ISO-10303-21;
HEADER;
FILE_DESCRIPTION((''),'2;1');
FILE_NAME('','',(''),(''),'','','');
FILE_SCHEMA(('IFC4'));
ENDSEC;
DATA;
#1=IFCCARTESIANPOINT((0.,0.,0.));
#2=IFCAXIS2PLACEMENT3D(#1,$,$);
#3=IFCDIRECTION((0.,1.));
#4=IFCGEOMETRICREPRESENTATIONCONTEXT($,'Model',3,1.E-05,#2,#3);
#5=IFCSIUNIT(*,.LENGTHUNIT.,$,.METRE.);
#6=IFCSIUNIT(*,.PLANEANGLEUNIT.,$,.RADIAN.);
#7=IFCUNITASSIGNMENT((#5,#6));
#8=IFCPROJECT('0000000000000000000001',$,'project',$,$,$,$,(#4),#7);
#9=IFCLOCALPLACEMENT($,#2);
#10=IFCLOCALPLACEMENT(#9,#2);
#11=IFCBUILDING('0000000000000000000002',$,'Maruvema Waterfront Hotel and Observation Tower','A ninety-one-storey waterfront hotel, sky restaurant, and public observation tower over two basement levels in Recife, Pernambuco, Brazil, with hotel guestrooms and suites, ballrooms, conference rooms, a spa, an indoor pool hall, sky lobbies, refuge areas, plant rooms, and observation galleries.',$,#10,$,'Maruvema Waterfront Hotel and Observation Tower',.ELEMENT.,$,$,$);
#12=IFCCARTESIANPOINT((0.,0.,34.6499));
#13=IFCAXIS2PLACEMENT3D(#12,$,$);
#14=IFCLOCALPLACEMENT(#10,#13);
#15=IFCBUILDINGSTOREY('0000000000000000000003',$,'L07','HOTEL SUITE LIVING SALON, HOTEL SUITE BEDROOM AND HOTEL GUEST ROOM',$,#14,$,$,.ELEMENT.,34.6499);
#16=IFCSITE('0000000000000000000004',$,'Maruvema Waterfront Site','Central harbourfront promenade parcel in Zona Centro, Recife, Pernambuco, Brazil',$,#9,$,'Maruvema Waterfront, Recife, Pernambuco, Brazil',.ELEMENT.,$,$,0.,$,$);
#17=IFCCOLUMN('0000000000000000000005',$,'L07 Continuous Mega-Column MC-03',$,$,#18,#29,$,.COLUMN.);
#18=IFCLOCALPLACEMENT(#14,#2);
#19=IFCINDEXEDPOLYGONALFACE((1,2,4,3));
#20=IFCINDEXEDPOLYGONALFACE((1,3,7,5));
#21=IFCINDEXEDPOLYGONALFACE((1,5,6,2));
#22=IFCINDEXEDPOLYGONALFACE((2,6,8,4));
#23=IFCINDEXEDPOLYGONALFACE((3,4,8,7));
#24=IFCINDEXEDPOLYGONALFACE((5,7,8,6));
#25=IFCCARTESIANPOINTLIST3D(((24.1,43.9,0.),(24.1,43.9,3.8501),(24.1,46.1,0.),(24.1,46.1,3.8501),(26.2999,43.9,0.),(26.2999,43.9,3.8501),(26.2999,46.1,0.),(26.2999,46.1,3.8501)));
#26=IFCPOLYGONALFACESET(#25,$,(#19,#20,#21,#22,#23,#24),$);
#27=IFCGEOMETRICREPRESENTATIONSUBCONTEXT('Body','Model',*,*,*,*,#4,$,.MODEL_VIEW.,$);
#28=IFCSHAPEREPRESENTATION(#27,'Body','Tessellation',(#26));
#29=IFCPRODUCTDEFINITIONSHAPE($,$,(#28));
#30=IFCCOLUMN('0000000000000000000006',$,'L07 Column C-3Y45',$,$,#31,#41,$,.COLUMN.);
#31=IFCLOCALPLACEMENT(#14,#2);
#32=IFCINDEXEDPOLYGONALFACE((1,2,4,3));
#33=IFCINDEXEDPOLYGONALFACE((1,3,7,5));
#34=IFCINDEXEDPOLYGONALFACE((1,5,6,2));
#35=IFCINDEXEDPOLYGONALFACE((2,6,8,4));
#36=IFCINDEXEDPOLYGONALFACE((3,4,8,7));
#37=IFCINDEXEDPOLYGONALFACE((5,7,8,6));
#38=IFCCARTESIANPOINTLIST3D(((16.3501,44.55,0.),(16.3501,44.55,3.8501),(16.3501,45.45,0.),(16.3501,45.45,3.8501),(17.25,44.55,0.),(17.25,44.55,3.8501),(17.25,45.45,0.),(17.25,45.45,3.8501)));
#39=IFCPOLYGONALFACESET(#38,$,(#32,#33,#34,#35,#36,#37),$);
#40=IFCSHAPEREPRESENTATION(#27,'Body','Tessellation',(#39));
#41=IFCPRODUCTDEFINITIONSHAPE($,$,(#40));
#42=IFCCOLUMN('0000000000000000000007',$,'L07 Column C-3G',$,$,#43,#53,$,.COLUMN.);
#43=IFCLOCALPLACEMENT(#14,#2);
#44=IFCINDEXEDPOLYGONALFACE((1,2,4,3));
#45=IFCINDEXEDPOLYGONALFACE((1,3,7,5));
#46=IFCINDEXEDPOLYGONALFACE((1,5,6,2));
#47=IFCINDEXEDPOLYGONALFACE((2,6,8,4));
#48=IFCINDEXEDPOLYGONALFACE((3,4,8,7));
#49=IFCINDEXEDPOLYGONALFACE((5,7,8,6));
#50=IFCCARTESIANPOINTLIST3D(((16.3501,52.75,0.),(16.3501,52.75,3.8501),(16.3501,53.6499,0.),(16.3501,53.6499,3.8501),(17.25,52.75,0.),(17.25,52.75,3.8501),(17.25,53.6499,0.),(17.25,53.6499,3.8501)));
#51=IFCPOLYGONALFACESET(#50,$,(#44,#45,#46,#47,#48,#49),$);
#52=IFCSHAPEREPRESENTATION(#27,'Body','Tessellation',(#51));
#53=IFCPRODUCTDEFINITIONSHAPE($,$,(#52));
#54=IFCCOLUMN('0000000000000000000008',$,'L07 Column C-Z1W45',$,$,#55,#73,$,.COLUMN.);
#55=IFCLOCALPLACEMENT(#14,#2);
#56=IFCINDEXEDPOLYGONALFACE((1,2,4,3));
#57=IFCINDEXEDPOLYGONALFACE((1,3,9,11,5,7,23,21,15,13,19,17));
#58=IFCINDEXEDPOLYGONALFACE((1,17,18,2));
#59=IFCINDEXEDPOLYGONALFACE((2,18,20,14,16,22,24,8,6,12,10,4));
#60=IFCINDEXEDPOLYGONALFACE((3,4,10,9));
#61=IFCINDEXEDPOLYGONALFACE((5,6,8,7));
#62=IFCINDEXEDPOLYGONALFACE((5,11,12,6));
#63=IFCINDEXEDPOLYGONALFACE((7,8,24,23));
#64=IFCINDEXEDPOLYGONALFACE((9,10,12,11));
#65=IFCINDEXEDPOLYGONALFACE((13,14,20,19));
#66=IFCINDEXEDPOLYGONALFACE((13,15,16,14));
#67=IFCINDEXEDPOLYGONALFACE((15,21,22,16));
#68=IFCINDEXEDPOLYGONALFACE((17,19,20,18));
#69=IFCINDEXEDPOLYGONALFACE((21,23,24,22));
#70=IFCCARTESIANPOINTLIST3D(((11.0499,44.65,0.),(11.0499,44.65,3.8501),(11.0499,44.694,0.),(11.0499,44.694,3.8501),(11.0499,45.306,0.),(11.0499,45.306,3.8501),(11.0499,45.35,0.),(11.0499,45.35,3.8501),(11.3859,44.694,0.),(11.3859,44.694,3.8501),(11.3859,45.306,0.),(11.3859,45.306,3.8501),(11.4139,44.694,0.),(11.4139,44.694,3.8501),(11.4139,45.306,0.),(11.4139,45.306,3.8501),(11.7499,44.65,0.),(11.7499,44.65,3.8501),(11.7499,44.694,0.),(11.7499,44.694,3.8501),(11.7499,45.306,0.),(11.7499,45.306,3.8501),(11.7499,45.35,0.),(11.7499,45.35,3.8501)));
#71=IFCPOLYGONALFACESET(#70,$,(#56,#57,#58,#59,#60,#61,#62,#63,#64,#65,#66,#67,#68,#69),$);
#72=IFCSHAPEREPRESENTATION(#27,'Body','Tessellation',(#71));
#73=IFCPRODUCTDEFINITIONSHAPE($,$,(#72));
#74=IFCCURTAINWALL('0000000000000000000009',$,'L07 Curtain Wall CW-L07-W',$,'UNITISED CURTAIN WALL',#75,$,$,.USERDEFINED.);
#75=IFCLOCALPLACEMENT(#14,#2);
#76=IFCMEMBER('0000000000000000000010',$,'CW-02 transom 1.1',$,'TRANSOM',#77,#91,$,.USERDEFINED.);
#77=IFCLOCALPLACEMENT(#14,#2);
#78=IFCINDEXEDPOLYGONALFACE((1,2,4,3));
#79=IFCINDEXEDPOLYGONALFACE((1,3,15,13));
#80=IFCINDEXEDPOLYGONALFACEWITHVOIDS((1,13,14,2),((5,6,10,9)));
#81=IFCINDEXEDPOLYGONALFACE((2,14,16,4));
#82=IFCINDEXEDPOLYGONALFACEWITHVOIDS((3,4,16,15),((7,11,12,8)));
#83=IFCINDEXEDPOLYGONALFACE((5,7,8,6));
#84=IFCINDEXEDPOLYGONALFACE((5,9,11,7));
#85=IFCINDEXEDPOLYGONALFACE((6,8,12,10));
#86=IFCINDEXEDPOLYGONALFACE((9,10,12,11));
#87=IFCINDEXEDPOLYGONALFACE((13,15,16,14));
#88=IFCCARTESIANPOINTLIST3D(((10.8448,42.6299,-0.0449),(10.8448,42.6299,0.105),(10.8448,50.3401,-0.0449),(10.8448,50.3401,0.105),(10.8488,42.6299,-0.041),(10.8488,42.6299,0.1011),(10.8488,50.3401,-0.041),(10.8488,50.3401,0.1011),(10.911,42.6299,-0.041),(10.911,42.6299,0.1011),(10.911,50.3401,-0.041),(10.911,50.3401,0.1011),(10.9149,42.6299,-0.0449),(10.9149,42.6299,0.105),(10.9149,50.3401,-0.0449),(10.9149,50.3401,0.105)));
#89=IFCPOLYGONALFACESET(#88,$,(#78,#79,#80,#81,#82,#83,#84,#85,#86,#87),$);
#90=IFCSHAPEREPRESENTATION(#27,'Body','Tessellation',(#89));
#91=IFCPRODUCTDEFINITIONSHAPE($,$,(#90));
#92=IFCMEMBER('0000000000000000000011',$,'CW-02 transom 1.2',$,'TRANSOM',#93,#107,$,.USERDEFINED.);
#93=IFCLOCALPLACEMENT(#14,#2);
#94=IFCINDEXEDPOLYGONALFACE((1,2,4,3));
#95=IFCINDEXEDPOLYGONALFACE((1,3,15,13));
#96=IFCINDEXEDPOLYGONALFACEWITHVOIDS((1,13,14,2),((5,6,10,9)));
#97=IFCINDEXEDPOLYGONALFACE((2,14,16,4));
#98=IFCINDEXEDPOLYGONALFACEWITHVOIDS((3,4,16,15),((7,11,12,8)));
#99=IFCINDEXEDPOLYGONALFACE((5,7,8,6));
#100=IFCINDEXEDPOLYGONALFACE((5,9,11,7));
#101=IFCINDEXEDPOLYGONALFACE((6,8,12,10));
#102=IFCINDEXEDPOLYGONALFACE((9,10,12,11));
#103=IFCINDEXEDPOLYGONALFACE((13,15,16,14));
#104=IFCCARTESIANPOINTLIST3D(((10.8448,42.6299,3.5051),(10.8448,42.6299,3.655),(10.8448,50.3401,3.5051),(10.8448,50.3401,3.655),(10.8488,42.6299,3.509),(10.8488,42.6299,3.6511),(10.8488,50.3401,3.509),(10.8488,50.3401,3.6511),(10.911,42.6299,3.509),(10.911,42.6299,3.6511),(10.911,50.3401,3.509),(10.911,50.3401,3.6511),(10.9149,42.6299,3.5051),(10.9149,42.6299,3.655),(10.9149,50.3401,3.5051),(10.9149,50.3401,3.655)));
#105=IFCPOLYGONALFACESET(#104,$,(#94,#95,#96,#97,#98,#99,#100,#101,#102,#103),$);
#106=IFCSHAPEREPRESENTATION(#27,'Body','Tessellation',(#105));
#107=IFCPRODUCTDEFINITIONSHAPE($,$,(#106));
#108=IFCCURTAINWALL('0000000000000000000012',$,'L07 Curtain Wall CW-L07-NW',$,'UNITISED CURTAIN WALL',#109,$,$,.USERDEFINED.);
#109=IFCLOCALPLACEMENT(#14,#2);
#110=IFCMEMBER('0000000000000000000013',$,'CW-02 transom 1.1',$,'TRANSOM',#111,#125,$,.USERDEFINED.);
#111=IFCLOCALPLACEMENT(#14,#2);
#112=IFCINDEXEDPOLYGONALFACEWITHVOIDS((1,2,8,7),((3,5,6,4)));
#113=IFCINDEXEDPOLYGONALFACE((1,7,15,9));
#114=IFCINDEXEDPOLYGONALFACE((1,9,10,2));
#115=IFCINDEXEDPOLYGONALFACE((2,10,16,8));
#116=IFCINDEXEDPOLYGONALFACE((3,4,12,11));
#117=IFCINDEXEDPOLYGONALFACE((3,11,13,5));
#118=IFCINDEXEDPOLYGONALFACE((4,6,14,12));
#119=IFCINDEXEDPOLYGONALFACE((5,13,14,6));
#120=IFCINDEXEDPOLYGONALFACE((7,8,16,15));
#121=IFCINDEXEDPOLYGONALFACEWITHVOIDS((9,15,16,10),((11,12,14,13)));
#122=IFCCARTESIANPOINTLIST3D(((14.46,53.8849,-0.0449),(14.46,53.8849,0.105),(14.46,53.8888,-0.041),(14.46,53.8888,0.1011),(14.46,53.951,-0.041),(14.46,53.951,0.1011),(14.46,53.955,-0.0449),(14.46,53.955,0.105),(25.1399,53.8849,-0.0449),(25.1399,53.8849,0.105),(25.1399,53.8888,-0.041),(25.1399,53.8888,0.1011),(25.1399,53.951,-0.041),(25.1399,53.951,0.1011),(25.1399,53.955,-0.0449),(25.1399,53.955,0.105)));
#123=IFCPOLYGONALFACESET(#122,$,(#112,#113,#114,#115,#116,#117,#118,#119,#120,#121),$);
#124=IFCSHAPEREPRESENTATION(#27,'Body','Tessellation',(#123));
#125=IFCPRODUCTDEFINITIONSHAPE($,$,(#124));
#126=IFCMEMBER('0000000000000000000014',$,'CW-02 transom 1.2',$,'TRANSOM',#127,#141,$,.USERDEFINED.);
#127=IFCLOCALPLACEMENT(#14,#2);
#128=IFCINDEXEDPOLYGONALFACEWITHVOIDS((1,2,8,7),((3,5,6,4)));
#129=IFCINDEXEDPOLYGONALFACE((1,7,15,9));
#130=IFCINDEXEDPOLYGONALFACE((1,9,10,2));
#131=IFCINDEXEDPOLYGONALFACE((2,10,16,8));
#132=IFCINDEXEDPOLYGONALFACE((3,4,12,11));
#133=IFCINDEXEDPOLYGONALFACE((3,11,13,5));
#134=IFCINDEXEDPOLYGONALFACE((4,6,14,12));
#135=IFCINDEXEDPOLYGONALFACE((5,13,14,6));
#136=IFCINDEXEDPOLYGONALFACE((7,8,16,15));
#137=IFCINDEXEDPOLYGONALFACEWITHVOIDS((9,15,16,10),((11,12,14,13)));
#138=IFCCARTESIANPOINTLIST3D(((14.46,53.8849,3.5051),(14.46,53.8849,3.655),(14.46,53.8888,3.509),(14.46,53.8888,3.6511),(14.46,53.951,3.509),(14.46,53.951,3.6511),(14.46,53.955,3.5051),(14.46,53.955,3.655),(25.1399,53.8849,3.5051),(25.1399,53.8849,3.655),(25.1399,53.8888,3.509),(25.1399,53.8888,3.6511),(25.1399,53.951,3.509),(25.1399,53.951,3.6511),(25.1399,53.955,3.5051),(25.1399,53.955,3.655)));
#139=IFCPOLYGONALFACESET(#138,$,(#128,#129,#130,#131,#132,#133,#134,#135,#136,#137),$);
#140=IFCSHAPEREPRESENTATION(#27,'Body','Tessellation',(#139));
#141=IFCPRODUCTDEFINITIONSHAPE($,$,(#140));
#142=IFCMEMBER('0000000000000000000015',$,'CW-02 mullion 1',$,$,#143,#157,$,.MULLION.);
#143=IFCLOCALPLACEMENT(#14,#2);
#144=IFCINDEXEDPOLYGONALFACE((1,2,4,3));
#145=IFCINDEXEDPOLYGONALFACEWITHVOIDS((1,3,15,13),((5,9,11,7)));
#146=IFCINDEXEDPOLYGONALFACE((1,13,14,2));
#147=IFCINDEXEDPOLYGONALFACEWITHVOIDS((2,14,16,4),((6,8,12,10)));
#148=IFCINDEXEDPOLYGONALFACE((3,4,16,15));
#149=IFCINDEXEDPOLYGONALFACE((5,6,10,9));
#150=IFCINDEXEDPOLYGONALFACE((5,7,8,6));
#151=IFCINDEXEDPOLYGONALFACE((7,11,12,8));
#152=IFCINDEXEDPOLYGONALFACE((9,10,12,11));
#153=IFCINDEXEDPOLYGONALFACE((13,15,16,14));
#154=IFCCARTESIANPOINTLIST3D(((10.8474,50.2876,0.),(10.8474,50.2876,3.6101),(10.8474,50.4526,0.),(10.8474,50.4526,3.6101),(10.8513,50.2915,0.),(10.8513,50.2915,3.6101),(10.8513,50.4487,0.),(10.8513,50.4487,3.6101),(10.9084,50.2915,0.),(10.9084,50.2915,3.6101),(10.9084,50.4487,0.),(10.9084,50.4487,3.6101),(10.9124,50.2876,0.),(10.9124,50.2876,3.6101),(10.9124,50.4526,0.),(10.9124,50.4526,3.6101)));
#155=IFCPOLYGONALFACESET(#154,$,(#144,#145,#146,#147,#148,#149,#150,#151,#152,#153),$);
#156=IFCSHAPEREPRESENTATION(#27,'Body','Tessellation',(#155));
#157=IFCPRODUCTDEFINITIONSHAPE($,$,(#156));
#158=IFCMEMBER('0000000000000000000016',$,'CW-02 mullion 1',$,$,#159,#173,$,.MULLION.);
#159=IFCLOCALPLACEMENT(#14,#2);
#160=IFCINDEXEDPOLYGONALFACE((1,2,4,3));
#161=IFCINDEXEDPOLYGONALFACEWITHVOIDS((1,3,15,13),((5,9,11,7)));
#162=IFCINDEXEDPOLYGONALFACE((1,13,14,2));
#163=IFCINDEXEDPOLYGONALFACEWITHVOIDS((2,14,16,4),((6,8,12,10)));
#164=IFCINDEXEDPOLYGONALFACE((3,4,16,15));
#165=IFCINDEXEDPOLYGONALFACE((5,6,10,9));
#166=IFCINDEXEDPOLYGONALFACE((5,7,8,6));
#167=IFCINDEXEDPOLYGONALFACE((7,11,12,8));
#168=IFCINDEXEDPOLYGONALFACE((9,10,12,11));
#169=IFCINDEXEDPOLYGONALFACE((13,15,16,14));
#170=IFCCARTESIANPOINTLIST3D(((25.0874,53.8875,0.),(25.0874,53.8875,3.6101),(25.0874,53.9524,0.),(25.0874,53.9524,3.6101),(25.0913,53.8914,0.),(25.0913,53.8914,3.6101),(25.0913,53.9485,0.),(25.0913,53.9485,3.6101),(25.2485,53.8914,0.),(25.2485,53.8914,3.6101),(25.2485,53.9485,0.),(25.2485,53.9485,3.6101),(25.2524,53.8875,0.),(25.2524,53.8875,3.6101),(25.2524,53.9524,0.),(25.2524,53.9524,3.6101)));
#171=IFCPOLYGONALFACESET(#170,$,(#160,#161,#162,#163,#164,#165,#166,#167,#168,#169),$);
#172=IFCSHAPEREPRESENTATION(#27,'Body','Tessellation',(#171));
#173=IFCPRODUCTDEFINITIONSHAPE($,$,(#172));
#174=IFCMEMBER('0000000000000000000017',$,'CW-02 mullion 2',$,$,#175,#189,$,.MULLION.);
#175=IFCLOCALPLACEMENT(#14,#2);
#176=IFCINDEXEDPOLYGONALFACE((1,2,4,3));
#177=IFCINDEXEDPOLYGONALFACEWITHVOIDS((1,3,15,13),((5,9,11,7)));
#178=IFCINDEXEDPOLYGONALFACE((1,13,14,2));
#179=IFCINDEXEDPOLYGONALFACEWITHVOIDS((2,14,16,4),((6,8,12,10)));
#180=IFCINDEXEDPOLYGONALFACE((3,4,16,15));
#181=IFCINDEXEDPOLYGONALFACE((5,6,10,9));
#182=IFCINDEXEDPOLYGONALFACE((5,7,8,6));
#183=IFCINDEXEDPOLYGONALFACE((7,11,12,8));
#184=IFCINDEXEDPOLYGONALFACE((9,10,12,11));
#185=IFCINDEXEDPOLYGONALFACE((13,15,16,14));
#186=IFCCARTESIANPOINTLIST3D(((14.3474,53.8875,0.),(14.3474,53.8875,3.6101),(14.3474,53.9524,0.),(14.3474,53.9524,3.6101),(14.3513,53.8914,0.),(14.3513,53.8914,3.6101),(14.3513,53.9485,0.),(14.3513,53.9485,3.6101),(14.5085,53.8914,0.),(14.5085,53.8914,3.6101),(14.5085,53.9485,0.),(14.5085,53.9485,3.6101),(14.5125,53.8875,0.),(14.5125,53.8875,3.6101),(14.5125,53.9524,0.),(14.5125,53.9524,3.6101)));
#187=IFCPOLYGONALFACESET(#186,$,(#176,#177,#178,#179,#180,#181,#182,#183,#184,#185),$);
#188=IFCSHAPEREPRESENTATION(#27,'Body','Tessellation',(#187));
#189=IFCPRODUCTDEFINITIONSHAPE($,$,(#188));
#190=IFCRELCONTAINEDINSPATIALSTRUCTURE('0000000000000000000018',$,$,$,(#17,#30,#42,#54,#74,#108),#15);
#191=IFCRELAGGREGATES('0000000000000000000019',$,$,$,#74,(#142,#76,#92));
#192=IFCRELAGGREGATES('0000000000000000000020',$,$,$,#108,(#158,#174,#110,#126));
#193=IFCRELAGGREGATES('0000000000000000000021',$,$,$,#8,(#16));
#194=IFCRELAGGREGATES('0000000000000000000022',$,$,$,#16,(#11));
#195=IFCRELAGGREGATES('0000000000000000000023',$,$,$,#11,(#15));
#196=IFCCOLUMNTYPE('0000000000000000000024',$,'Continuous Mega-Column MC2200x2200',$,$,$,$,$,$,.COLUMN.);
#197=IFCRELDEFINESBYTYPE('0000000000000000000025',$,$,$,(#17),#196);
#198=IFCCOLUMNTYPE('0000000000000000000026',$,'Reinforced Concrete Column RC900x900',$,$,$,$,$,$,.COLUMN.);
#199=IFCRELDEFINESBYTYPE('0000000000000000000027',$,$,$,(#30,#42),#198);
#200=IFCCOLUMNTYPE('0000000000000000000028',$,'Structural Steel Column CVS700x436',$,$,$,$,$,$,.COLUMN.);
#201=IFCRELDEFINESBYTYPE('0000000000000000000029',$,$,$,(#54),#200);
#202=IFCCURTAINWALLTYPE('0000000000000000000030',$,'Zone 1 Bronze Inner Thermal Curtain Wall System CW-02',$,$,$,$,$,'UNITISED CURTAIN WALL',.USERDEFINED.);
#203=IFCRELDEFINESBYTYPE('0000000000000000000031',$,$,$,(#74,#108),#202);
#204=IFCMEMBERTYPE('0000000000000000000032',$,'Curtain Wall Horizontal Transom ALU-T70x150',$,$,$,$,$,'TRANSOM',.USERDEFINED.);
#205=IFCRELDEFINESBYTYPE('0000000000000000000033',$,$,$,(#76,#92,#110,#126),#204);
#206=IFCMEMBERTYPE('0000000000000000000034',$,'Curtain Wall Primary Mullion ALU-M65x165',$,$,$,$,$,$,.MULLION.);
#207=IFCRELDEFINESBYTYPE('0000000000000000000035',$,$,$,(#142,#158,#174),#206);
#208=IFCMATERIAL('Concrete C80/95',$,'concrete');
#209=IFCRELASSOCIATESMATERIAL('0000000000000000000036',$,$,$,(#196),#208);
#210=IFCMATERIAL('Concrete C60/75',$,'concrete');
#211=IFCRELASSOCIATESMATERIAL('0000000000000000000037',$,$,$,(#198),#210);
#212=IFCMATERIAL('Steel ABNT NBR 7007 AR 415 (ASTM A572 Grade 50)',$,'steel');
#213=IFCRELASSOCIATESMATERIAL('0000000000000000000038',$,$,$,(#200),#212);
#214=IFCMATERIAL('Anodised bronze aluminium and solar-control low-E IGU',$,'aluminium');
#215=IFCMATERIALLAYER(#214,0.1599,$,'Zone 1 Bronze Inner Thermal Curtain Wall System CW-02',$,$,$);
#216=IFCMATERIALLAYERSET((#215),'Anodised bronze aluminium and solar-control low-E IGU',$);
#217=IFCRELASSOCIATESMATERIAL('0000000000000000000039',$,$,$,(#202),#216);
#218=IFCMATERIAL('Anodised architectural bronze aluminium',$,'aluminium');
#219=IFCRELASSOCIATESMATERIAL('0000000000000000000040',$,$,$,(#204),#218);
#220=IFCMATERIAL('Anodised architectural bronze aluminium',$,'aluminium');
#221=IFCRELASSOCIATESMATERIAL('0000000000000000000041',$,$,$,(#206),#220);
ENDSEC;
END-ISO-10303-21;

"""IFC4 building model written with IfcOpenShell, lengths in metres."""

from ifc_helpers import new_model, si_unit, direction, frame, origin, origin_2d, place, context, subcontext, project, spatial, rectangle, hollow_rectangle, i_section, extrude, material, layer, layer_set, material_profile, profile_set, type_object, element, aggregate, save


model = new_model("IFC4")

# Units and contexts
model_context = context("Model", 3, precision=1e-05, world=origin(), true_north=direction((0.0, 1.0)))
body_context = subcontext(model_context, "Body", "Model", "MODEL_VIEW")
ifc_project = project(units=[si_unit("LENGTHUNIT", "METRE"), si_unit("PLANEANGLEUNIT", "RADIAN")], contexts=[model_context])

# Site, building, storey
site_placement = place(None, origin())
site = spatial("IfcSite", under=ifc_project, at=site_placement, Name="Maruvema Waterfront Site", Description="Central harbourfront promenade parcel in Zona Centro, Recife, Pernambuco, Brazil", LongName="Maruvema Waterfront, Recife, Pernambuco, Brazil", CompositionType="ELEMENT", RefElevation=0.0)
building_placement = place(site_placement, origin())
building = spatial("IfcBuilding", under=site, at=building_placement, Name="Maruvema Waterfront Hotel and Observation Tower", Description="A ninety-one-storey waterfront hotel, sky restaurant, and public observation tower over two basement levels in Recife, Pernambuco, Brazil, with hotel guestrooms and suites, ballrooms, conference rooms, a spa, an indoor pool hall, sky lobbies, refuge areas, plant rooms, and observation galleries.", LongName="Maruvema Waterfront Hotel and Observation Tower", CompositionType="ELEMENT")
storey_placement = place(building_placement, frame((0.0, 0.0, 34.6499)))
storey = spatial("IfcBuildingStorey", under=building, at=storey_placement, Name="L07", Description="HOTEL SUITE LIVING SALON, HOTEL SUITE BEDROOM AND HOTEL GUEST ROOM", CompositionType="ELEMENT", Elevation=34.6499)

# Columns
ifc_material_1 = material(Name="Concrete C80/95", Category="concrete")
ifc_material_profile_1 = material_profile(ifc_material_1, rectangle(XDim=2.2, YDim=2.2, at=origin_2d()), Name="MC2200x2200")
ifc_profile_set_1 = profile_set([ifc_material_profile_1], Name="Concrete C80/95")
column_type_1 = type_object("IfcColumnType", Name="Continuous Mega-Column MC2200x2200", PredefinedType="COLUMN", material=ifc_profile_set_1)
column_1_placement = place(storey_placement, frame((25.2, 45.0, 0.0), z_axis=(0.0, 0.0, 1.0), x_axis=(1.0, 0.0, 0.0)))
element("IfcColumn", 1, at=column_1_placement, inside=storey, type_object=column_type_1, Name="L07 Continuous Mega-Column MC-03", PredefinedType="COLUMN", context=body_context, shape_type="SweptSolid", body=[
    extrude(rectangle(XDim=2.2, YDim=2.2, at=origin_2d()), origin(), (0.0, 0.0, 1.0), 3.8501),
])
ifc_material_2 = material(Name="Concrete C60/75", Category="concrete")
ifc_material_profile_2 = material_profile(ifc_material_2, rectangle(XDim=0.8999, YDim=0.8999, at=origin_2d()), Name="RC900x900")
ifc_profile_set_2 = profile_set([ifc_material_profile_2], Name="Concrete C60/75")
column_type_2 = type_object("IfcColumnType", Name="Reinforced Concrete Column RC900x900", PredefinedType="COLUMN", material=ifc_profile_set_2)
for number, where, z_axis, x_axis, name in (
    (2, (16.8, 45.0, 0.0), (0.0, 0.0, 1.0), (1.0, 0.0, 0.0), "L07 Column C-3Y45"),
    (3, (16.8, 53.2, 0.0), (0.0, 0.0, 1.0), (1.0, 0.0, 0.0), "L07 Column C-3G"),
):
    element("IfcColumn", number, at=place(storey_placement, frame(where, z_axis=z_axis, x_axis=x_axis)), inside=storey, type_object=column_type_2, Name=name, PredefinedType="COLUMN", context=body_context, shape_type="SweptSolid", body=[
        extrude(rectangle(XDim=0.8999, YDim=0.8999, at=origin_2d()), origin(), (0.0, 0.0, 1.0), 3.8501),
    ])
ifc_material_3 = material(Name="Steel ABNT NBR 7007 AR 415 (ASTM A572 Grade 50)", Category="steel")
ifc_material_profile_3 = material_profile(ifc_material_3, i_section(OverallWidth=0.7, OverallDepth=0.7, WebThickness=0.0281, FlangeThickness=0.0439, at=origin_2d()), Name="CVS700x436")
ifc_profile_set_3 = profile_set([ifc_material_profile_3], Name="Steel ABNT NBR 7007 AR 415 (ASTM A572 Grade 50)")
column_type_3 = type_object("IfcColumnType", Name="Structural Steel Column CVS700x436", PredefinedType="COLUMN", material=ifc_profile_set_3)
column_2_placement = place(storey_placement, frame((11.3999, 45.0, 0.0), z_axis=(0.0, 0.0, 1.0), x_axis=(1.0, 0.0, 0.0)))
element("IfcColumn", 4, at=column_2_placement, inside=storey, type_object=column_type_3, Name="L07 Column C-Z1W45", PredefinedType="COLUMN", context=body_context, shape_type="SweptSolid", body=[
    extrude(i_section(OverallWidth=0.7, OverallDepth=0.7, WebThickness=0.0281, FlangeThickness=0.0439, at=origin_2d()), origin(), (0.0, 0.0, 1.0), 3.8501),
])

# Curtain walls, members
ifc_material_4 = material(Name="Anodised bronze aluminium and solar-control low-E IGU", Category="aluminium")
ifc_layer_1 = layer(ifc_material_4, 0.1599, Name="Zone 1 Bronze Inner Thermal Curtain Wall System CW-02")
ifc_layer_set_1 = layer_set([ifc_layer_1], Name="Anodised bronze aluminium and solar-control low-E IGU")
curtain_wall_type = type_object("IfcCurtainWallType", Name="Zone 1 Bronze Inner Thermal Curtain Wall System CW-02", ElementType="UNITISED CURTAIN WALL", PredefinedType="USERDEFINED", material=ifc_layer_set_1)
curtain_wall_1_placement = place(storey_placement, origin())
curtain_wall_1 = element("IfcCurtainWall", 5, at=curtain_wall_1_placement, inside=storey, type_object=curtain_wall_type, Name="L07 Curtain Wall CW-L07-W", ObjectType="UNITISED CURTAIN WALL", PredefinedType="USERDEFINED")
ifc_material_5 = material(Name="Anodised architectural bronze aluminium", Category="aluminium")
ifc_material_profile_4 = material_profile(ifc_material_5, hollow_rectangle(XDim=0.0701, YDim=0.1499, WallThickness=0.0039, at=origin_2d()), Name="ALU-T70x150")
ifc_profile_set_4 = profile_set([ifc_material_profile_4], Name="Anodised architectural bronze aluminium")
member_type_1 = type_object("IfcMemberType", Name="Curtain Wall Horizontal Transom ALU-T70x150", ElementType="TRANSOM", PredefinedType="USERDEFINED", material=ifc_profile_set_4)
member_1_placement = place(storey_placement, frame((10.8799, 50.3401, 0.03), z_axis=(0.0, -1.0, 0.0), x_axis=(1.0, 0.0, 0.0)))
member_1 = element("IfcMember", 6, at=member_1_placement, type_object=member_type_1, Name="CW-02 transom 1.1", ObjectType="TRANSOM", PredefinedType="USERDEFINED", context=body_context, shape_type="SweptSolid", body=[
    extrude(hollow_rectangle(XDim=0.0701, YDim=0.1499, WallThickness=0.0039, at=origin_2d()), origin(), (0.0, 0.0, 1.0), 7.7102),
])
member_2_placement = place(storey_placement, frame((10.8799, 50.3401, 3.5801), z_axis=(0.0, -1.0, 0.0), x_axis=(1.0, 0.0, 0.0)))
member_2 = element("IfcMember", 7, at=member_2_placement, type_object=member_type_1, Name="CW-02 transom 1.2", ObjectType="TRANSOM", PredefinedType="USERDEFINED", context=body_context, shape_type="SweptSolid", body=[
    extrude(hollow_rectangle(XDim=0.0701, YDim=0.1499, WallThickness=0.0039, at=origin_2d()), origin(), (0.0, 0.0, 1.0), 7.7102),
])
curtain_wall_2_placement = place(storey_placement, origin())
curtain_wall_2 = element("IfcCurtainWall", 8, at=curtain_wall_2_placement, inside=storey, type_object=curtain_wall_type, Name="L07 Curtain Wall CW-L07-NW", ObjectType="UNITISED CURTAIN WALL", PredefinedType="USERDEFINED")
member_3_placement = place(storey_placement, frame((25.1399, 53.9199, 0.03), z_axis=(-1.0, 0.0, 0.0), x_axis=(0.0, -1.0, 0.0)))
member_3 = element("IfcMember", 9, at=member_3_placement, type_object=member_type_1, Name="CW-02 transom 1.1", ObjectType="TRANSOM", PredefinedType="USERDEFINED", context=body_context, shape_type="SweptSolid", body=[
    extrude(hollow_rectangle(XDim=0.0701, YDim=0.1499, WallThickness=0.0039, at=origin_2d()), origin(), (0.0, 0.0, 1.0), 10.6799),
])
member_4_placement = place(storey_placement, frame((25.1399, 53.9199, 3.5801), z_axis=(-1.0, 0.0, 0.0), x_axis=(0.0, -1.0, 0.0)))
member_4 = element("IfcMember", 10, at=member_4_placement, type_object=member_type_1, Name="CW-02 transom 1.2", ObjectType="TRANSOM", PredefinedType="USERDEFINED", context=body_context, shape_type="SweptSolid", body=[
    extrude(hollow_rectangle(XDim=0.0701, YDim=0.1499, WallThickness=0.0039, at=origin_2d()), origin(), (0.0, 0.0, 1.0), 10.6799),
])

# Members
ifc_material_6 = material(Name="Anodised architectural bronze aluminium", Category="aluminium")
ifc_material_profile_5 = material_profile(ifc_material_6, hollow_rectangle(XDim=0.0649, YDim=0.165, WallThickness=0.0039, at=origin_2d()), Name="ALU-M65x165")
ifc_profile_set_5 = profile_set([ifc_material_profile_5], Name="Anodised architectural bronze aluminium")
member_type_2 = type_object("IfcMemberType", Name="Curtain Wall Primary Mullion ALU-M65x165", PredefinedType="MULLION", material=ifc_profile_set_5)
member_5_placement = place(storey_placement, frame((10.8799, 50.3701, 0.0), z_axis=(0.0, 0.0, 1.0), x_axis=(1.0, 0.0, 0.0)))
member_5 = element("IfcMember", 11, at=member_5_placement, type_object=member_type_2, Name="CW-02 mullion 1", PredefinedType="MULLION", context=body_context, shape_type="SweptSolid", body=[
    extrude(hollow_rectangle(XDim=0.0649, YDim=0.165, WallThickness=0.0039, at=origin_2d()), origin(), (0.0, 0.0, 1.0), 3.6101),
])
member_6_placement = place(storey_placement, frame((25.1699, 53.9199, 0.0), z_axis=(0.0, 0.0, 1.0), x_axis=(0.0, -1.0, 0.0)))
member_6 = element("IfcMember", 12, at=member_6_placement, type_object=member_type_2, Name="CW-02 mullion 1", PredefinedType="MULLION", context=body_context, shape_type="SweptSolid", body=[
    extrude(hollow_rectangle(XDim=0.0649, YDim=0.165, WallThickness=0.0039, at=origin_2d()), origin(), (0.0, 0.0, 1.0), 3.6101),
])
member_7_placement = place(storey_placement, frame((14.4299, 53.9199, 0.0), z_axis=(0.0, 0.0, 1.0), x_axis=(0.0, -1.0, 0.0)))
member_7 = element("IfcMember", 13, at=member_7_placement, type_object=member_type_2, Name="CW-02 mullion 2", PredefinedType="MULLION", context=body_context, shape_type="SweptSolid", body=[
    extrude(hollow_rectangle(XDim=0.0649, YDim=0.165, WallThickness=0.0039, at=origin_2d()), origin(), (0.0, 0.0, 1.0), 3.6101),
])

aggregate(curtain_wall_1, [member_5, member_1, member_2])
aggregate(curtain_wall_2, [member_6, member_7, member_3, member_4])

save(model, "model.ifc")
